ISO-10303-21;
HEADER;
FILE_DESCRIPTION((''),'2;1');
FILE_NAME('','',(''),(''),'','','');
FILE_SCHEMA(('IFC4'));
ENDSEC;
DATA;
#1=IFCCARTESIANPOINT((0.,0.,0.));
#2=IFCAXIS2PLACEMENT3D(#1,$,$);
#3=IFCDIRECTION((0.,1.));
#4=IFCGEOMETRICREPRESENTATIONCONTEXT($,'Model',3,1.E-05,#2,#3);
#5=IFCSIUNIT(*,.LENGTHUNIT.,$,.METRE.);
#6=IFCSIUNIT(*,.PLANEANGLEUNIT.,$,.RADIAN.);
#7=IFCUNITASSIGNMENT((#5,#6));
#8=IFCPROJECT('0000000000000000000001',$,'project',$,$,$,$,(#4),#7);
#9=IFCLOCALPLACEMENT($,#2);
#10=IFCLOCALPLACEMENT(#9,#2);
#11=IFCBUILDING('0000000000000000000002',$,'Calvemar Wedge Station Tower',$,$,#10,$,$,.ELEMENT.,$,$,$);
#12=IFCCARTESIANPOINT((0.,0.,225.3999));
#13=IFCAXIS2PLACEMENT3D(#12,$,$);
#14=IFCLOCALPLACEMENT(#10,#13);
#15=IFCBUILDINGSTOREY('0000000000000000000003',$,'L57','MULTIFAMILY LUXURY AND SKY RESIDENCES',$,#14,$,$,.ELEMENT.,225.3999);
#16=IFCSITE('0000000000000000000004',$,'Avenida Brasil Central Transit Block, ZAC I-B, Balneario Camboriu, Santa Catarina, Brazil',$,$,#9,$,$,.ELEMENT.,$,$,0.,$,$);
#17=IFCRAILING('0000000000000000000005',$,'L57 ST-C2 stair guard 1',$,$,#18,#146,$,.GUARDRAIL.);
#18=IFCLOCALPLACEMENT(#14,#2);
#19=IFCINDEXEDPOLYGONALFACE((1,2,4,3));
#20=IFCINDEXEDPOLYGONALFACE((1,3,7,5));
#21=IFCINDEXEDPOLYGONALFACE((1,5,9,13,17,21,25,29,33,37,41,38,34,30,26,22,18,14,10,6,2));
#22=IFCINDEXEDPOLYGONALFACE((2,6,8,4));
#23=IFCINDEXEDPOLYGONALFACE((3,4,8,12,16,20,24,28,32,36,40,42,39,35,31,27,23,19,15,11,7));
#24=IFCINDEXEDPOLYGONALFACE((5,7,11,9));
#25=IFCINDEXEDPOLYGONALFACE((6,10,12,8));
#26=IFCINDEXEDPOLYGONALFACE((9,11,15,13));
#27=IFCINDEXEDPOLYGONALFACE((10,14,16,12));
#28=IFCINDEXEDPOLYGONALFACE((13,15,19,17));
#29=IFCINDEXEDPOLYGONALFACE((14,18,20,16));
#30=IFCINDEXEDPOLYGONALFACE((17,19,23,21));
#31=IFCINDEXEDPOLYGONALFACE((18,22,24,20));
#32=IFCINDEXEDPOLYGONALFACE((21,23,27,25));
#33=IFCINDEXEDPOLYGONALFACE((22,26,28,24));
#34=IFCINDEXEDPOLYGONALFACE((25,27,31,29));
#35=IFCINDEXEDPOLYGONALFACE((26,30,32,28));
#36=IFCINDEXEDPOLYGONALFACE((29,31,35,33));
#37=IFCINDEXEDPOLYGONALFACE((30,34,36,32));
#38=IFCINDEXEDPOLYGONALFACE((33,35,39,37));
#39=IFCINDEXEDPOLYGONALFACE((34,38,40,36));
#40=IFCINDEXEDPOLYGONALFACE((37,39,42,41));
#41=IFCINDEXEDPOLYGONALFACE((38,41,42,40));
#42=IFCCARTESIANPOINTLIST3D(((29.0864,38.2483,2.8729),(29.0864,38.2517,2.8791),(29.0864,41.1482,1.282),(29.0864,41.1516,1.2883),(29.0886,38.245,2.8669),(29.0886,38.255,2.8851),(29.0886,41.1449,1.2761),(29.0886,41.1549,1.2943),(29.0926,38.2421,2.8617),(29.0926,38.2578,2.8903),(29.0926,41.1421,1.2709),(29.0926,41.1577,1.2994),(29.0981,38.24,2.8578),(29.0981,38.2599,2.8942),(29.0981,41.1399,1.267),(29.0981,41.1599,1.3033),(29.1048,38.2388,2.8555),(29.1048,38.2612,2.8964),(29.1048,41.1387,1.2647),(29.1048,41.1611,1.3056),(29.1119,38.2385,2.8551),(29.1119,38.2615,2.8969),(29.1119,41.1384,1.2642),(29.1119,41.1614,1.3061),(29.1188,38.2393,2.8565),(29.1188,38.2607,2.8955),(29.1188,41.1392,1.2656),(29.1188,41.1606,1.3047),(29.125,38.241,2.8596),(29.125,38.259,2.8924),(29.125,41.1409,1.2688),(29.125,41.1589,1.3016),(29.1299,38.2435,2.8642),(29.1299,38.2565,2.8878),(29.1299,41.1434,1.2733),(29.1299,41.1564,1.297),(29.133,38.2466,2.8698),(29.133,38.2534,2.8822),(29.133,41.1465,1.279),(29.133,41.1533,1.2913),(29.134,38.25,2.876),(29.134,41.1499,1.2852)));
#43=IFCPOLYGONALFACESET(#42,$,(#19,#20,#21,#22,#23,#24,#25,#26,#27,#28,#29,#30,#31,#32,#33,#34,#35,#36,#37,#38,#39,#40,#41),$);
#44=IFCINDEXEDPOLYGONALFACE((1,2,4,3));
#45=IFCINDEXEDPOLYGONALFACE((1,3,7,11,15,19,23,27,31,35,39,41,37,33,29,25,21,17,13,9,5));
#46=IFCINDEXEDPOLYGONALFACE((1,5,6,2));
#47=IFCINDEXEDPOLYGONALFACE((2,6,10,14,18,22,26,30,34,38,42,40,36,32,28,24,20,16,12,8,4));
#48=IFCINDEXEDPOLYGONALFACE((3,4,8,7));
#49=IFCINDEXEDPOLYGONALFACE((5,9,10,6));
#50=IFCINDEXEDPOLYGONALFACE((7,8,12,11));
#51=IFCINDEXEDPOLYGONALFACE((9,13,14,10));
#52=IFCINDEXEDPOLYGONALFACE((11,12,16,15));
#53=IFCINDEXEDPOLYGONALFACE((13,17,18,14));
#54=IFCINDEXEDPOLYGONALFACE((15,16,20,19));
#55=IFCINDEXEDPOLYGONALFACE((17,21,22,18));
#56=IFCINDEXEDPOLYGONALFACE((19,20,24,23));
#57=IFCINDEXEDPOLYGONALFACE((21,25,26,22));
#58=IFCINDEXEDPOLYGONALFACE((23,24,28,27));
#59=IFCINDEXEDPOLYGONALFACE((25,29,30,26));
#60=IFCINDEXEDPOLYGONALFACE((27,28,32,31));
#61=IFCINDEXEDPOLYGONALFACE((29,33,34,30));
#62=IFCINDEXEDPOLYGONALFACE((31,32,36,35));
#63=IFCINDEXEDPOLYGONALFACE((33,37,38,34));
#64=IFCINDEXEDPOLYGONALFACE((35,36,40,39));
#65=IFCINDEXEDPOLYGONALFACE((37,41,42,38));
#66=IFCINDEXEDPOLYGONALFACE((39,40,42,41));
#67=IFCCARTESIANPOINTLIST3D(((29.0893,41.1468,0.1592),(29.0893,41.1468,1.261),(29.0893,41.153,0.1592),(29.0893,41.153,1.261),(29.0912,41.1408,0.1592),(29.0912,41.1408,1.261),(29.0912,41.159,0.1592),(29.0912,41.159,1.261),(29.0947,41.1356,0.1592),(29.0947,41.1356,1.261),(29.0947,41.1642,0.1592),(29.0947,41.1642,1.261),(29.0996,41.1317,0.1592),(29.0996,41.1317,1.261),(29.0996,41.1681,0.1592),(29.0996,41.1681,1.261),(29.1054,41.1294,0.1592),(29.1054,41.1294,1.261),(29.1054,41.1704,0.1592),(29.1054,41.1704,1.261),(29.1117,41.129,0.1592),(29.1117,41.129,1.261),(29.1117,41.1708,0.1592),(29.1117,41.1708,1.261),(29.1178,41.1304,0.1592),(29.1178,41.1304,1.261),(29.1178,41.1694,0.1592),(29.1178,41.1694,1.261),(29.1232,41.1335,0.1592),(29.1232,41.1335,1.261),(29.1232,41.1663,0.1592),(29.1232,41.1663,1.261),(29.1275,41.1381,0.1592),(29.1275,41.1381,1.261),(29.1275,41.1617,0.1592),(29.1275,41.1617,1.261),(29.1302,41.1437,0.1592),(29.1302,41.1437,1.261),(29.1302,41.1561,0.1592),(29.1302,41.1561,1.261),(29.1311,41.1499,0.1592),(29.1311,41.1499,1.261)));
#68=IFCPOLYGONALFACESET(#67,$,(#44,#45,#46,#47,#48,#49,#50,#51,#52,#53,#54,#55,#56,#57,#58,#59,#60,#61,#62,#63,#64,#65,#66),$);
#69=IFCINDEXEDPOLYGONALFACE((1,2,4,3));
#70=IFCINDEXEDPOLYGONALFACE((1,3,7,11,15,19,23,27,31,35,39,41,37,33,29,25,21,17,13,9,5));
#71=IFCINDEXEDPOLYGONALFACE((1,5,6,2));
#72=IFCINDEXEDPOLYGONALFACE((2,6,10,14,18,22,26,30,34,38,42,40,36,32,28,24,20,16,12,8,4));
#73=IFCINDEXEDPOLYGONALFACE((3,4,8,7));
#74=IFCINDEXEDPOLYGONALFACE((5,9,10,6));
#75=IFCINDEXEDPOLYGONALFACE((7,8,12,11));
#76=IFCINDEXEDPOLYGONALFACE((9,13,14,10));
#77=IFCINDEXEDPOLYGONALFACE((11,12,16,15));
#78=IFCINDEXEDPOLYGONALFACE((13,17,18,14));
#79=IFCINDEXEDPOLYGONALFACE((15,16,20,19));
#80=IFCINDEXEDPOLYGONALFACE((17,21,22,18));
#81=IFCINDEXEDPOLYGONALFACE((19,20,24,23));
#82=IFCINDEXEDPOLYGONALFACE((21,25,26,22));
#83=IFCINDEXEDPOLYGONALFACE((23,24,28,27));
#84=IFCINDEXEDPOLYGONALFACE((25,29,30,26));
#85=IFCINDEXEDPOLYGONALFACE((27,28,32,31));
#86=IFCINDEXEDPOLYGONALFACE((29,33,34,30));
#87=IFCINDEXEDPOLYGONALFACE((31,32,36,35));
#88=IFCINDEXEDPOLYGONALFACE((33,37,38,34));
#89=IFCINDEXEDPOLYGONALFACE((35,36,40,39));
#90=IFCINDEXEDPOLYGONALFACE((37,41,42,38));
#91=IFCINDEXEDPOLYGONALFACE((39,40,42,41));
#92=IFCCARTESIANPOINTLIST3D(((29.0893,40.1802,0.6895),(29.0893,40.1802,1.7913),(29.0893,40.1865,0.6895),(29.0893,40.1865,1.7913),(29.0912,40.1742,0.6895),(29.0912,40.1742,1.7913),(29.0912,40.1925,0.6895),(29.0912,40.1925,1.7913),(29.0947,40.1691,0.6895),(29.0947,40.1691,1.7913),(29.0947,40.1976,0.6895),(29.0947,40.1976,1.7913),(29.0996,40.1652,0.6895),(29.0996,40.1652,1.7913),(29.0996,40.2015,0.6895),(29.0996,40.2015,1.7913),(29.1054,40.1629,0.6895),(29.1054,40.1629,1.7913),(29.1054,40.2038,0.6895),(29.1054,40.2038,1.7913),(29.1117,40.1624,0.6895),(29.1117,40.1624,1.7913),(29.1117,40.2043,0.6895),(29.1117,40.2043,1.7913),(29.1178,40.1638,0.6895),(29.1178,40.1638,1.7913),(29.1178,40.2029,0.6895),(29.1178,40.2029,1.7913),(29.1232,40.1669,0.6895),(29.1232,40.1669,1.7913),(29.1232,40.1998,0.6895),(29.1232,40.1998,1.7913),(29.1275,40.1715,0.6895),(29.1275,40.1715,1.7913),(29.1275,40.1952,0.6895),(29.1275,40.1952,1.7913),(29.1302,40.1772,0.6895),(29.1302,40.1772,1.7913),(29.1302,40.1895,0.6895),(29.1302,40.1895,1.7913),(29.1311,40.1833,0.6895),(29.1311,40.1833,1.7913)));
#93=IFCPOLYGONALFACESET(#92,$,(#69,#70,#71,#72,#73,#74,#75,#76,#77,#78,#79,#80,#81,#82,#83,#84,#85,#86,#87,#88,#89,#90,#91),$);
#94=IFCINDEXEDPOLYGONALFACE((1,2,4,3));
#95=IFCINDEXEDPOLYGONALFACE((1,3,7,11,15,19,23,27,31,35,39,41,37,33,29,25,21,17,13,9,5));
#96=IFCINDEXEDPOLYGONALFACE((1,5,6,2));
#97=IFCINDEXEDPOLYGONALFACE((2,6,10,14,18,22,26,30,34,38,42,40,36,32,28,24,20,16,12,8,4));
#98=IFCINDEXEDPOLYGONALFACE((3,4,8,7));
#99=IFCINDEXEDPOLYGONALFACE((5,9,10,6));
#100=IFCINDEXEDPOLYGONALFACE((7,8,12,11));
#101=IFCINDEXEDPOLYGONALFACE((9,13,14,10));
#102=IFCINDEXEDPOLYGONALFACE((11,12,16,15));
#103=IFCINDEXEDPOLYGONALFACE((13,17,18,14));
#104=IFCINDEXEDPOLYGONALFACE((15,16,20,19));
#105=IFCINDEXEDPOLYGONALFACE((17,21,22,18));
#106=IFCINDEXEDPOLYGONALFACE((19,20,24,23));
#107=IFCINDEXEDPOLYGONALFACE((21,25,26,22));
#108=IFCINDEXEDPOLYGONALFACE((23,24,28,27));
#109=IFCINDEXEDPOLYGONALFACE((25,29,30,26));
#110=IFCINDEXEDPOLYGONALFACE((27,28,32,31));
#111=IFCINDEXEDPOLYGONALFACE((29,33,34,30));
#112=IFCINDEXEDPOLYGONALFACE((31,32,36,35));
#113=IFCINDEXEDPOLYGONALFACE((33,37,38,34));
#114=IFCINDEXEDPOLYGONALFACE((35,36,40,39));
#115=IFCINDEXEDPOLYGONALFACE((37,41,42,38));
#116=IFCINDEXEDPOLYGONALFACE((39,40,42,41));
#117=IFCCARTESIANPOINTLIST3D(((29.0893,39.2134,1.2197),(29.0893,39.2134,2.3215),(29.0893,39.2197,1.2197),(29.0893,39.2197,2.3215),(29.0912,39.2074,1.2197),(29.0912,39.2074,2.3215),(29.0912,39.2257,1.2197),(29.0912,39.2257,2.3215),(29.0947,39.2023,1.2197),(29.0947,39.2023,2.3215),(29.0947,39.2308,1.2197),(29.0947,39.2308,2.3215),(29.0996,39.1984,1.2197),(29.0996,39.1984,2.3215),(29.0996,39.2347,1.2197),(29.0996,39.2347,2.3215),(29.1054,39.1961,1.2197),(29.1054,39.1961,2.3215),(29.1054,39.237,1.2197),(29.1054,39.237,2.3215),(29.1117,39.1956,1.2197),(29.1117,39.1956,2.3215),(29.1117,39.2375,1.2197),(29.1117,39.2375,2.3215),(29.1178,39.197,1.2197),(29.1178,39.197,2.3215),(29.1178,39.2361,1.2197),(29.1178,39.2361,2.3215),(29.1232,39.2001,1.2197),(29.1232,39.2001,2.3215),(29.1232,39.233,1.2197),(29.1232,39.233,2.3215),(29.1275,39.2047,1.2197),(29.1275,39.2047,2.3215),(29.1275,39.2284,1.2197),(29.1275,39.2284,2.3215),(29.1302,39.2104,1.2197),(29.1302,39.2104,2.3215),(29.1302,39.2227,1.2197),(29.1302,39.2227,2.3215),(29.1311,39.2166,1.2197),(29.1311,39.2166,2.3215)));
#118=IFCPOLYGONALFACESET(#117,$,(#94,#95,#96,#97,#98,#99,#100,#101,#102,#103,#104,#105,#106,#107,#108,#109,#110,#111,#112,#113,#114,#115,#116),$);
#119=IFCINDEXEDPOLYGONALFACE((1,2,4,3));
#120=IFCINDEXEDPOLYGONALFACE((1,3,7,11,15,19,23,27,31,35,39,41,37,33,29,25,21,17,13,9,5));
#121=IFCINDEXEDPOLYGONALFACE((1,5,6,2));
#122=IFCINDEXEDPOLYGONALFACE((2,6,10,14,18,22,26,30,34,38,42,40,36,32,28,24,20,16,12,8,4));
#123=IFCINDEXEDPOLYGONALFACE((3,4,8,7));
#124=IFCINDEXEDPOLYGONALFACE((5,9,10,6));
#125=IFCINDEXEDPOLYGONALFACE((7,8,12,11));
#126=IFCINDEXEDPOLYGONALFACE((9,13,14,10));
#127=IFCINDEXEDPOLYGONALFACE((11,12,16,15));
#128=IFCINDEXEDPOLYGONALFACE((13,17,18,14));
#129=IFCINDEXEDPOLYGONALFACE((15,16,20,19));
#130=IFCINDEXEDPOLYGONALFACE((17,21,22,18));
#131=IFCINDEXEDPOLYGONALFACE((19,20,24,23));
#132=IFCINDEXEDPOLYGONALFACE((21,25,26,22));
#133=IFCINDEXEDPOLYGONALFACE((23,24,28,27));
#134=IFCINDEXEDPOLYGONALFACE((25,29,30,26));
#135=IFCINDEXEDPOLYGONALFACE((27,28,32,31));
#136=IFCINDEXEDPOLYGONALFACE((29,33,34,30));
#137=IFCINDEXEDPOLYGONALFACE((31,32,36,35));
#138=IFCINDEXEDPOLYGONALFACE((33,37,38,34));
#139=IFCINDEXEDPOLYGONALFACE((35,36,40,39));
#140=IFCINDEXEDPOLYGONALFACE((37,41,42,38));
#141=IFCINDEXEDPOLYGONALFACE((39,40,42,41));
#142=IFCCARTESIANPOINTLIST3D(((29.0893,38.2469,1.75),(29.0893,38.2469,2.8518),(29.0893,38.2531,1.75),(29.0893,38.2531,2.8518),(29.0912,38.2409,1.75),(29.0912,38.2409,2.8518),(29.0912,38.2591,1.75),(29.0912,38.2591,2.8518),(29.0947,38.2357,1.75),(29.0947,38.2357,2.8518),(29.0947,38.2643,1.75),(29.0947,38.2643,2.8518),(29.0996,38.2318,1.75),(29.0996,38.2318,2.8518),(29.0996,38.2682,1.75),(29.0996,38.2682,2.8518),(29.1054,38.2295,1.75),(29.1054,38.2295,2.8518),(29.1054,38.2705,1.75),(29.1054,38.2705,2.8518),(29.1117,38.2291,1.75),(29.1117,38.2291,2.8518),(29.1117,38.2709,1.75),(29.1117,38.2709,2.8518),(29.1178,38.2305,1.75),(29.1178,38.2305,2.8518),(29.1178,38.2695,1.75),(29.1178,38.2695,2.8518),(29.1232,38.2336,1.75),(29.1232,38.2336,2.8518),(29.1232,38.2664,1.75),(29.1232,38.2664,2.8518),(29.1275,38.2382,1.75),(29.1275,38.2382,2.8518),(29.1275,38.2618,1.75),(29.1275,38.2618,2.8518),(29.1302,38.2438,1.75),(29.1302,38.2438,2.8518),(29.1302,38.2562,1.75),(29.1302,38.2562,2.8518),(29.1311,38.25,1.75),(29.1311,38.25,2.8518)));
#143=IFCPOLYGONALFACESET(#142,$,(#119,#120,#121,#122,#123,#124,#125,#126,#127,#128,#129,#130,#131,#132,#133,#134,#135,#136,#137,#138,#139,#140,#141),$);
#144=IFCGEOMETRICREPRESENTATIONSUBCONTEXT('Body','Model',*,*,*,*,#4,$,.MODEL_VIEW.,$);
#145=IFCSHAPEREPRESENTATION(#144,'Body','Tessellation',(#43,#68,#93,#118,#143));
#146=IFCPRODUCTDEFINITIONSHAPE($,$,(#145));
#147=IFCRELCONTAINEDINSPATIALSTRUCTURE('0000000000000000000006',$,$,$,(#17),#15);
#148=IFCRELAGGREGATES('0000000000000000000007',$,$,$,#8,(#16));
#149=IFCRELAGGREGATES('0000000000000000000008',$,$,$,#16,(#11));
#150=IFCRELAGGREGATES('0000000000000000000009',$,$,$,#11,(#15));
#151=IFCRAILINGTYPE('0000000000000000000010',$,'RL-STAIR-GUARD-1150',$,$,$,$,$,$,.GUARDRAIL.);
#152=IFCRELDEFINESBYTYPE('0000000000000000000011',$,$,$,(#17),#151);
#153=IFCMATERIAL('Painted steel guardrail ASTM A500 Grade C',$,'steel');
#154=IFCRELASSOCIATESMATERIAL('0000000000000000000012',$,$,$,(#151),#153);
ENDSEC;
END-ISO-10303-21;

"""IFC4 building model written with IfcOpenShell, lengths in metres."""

from ifc_helpers import new_model, si_unit, direction, frame, origin, origin_2d, place, context, subcontext, project, spatial, circle, extrude, material, type_object, element, save


model = new_model("IFC4")

# Units and contexts
model_context = context("Model", 3, precision=1e-05, world=origin(), true_north=direction((0.0, 1.0)))
body_context = subcontext(model_context, "Body", "Model", "MODEL_VIEW")
ifc_project = project(units=[si_unit("LENGTHUNIT", "METRE"), si_unit("PLANEANGLEUNIT", "RADIAN")], contexts=[model_context])

# Site, building, storey
site_placement = place(None, origin())
site = spatial("IfcSite", under=ifc_project, at=site_placement, Name="Avenida Brasil Central Transit Block, ZAC I-B, Balneario Camboriu, Santa Catarina, Brazil", CompositionType="ELEMENT", RefElevation=0.0)
building_placement = place(site_placement, origin())
building = spatial("IfcBuilding", under=site, at=building_placement, Name="Calvemar Wedge Station Tower", CompositionType="ELEMENT")
storey_placement = place(building_placement, frame((0.0, 0.0, 225.3999)))
storey = spatial("IfcBuildingStorey", under=building, at=storey_placement, Name="L57", Description="MULTIFAMILY LUXURY AND SKY RESIDENCES", CompositionType="ELEMENT", Elevation=225.3999)

# Railing
ifc_material_1 = material(Name="Painted steel guardrail ASTM A500 Grade C", Category="steel")
railing_type_1 = type_object("IfcRailingType", Name="RL-STAIR-GUARD-1150", PredefinedType="GUARDRAIL", material=ifc_material_1)
railing_1_placement = place(storey_placement, frame((29.1101, 41.1499, 0.1592)))
element("IfcRailing", 1, at=railing_1_placement, inside=storey, type_object=railing_type_1, Name="L57 ST-C2 stair guard 1", PredefinedType="GUARDRAIL", context=body_context, shape_type="SweptSolid", body=[
    extrude(circle(Radius=0.0239, at=origin_2d()), frame((0.0, 0.0, 1.126), z_axis=(0.0, -0.876742, 0.480961), x_axis=(1.0, 0.0, 0.0)), (0.0, 0.0, 1.0), 3.3076),
    extrude(circle(Radius=0.021, at=origin_2d()), origin(), (0.0, 0.0, 1.0), 1.1018),
    extrude(circle(Radius=0.021, at=origin_2d()), frame((0.0, -0.9666, 0.5303)), (0.0, 0.0, 1.0), 1.1018),
    extrude(circle(Radius=0.021, at=origin_2d()), frame((0.0, -1.9333, 1.0605)), (0.0, 0.0, 1.0), 1.1018),
    extrude(circle(Radius=0.021, at=origin_2d()), frame((0.0, -2.8999, 1.5908)), (0.0, 0.0, 1.0), 1.1018),
])

save(model, "model.ifc")
